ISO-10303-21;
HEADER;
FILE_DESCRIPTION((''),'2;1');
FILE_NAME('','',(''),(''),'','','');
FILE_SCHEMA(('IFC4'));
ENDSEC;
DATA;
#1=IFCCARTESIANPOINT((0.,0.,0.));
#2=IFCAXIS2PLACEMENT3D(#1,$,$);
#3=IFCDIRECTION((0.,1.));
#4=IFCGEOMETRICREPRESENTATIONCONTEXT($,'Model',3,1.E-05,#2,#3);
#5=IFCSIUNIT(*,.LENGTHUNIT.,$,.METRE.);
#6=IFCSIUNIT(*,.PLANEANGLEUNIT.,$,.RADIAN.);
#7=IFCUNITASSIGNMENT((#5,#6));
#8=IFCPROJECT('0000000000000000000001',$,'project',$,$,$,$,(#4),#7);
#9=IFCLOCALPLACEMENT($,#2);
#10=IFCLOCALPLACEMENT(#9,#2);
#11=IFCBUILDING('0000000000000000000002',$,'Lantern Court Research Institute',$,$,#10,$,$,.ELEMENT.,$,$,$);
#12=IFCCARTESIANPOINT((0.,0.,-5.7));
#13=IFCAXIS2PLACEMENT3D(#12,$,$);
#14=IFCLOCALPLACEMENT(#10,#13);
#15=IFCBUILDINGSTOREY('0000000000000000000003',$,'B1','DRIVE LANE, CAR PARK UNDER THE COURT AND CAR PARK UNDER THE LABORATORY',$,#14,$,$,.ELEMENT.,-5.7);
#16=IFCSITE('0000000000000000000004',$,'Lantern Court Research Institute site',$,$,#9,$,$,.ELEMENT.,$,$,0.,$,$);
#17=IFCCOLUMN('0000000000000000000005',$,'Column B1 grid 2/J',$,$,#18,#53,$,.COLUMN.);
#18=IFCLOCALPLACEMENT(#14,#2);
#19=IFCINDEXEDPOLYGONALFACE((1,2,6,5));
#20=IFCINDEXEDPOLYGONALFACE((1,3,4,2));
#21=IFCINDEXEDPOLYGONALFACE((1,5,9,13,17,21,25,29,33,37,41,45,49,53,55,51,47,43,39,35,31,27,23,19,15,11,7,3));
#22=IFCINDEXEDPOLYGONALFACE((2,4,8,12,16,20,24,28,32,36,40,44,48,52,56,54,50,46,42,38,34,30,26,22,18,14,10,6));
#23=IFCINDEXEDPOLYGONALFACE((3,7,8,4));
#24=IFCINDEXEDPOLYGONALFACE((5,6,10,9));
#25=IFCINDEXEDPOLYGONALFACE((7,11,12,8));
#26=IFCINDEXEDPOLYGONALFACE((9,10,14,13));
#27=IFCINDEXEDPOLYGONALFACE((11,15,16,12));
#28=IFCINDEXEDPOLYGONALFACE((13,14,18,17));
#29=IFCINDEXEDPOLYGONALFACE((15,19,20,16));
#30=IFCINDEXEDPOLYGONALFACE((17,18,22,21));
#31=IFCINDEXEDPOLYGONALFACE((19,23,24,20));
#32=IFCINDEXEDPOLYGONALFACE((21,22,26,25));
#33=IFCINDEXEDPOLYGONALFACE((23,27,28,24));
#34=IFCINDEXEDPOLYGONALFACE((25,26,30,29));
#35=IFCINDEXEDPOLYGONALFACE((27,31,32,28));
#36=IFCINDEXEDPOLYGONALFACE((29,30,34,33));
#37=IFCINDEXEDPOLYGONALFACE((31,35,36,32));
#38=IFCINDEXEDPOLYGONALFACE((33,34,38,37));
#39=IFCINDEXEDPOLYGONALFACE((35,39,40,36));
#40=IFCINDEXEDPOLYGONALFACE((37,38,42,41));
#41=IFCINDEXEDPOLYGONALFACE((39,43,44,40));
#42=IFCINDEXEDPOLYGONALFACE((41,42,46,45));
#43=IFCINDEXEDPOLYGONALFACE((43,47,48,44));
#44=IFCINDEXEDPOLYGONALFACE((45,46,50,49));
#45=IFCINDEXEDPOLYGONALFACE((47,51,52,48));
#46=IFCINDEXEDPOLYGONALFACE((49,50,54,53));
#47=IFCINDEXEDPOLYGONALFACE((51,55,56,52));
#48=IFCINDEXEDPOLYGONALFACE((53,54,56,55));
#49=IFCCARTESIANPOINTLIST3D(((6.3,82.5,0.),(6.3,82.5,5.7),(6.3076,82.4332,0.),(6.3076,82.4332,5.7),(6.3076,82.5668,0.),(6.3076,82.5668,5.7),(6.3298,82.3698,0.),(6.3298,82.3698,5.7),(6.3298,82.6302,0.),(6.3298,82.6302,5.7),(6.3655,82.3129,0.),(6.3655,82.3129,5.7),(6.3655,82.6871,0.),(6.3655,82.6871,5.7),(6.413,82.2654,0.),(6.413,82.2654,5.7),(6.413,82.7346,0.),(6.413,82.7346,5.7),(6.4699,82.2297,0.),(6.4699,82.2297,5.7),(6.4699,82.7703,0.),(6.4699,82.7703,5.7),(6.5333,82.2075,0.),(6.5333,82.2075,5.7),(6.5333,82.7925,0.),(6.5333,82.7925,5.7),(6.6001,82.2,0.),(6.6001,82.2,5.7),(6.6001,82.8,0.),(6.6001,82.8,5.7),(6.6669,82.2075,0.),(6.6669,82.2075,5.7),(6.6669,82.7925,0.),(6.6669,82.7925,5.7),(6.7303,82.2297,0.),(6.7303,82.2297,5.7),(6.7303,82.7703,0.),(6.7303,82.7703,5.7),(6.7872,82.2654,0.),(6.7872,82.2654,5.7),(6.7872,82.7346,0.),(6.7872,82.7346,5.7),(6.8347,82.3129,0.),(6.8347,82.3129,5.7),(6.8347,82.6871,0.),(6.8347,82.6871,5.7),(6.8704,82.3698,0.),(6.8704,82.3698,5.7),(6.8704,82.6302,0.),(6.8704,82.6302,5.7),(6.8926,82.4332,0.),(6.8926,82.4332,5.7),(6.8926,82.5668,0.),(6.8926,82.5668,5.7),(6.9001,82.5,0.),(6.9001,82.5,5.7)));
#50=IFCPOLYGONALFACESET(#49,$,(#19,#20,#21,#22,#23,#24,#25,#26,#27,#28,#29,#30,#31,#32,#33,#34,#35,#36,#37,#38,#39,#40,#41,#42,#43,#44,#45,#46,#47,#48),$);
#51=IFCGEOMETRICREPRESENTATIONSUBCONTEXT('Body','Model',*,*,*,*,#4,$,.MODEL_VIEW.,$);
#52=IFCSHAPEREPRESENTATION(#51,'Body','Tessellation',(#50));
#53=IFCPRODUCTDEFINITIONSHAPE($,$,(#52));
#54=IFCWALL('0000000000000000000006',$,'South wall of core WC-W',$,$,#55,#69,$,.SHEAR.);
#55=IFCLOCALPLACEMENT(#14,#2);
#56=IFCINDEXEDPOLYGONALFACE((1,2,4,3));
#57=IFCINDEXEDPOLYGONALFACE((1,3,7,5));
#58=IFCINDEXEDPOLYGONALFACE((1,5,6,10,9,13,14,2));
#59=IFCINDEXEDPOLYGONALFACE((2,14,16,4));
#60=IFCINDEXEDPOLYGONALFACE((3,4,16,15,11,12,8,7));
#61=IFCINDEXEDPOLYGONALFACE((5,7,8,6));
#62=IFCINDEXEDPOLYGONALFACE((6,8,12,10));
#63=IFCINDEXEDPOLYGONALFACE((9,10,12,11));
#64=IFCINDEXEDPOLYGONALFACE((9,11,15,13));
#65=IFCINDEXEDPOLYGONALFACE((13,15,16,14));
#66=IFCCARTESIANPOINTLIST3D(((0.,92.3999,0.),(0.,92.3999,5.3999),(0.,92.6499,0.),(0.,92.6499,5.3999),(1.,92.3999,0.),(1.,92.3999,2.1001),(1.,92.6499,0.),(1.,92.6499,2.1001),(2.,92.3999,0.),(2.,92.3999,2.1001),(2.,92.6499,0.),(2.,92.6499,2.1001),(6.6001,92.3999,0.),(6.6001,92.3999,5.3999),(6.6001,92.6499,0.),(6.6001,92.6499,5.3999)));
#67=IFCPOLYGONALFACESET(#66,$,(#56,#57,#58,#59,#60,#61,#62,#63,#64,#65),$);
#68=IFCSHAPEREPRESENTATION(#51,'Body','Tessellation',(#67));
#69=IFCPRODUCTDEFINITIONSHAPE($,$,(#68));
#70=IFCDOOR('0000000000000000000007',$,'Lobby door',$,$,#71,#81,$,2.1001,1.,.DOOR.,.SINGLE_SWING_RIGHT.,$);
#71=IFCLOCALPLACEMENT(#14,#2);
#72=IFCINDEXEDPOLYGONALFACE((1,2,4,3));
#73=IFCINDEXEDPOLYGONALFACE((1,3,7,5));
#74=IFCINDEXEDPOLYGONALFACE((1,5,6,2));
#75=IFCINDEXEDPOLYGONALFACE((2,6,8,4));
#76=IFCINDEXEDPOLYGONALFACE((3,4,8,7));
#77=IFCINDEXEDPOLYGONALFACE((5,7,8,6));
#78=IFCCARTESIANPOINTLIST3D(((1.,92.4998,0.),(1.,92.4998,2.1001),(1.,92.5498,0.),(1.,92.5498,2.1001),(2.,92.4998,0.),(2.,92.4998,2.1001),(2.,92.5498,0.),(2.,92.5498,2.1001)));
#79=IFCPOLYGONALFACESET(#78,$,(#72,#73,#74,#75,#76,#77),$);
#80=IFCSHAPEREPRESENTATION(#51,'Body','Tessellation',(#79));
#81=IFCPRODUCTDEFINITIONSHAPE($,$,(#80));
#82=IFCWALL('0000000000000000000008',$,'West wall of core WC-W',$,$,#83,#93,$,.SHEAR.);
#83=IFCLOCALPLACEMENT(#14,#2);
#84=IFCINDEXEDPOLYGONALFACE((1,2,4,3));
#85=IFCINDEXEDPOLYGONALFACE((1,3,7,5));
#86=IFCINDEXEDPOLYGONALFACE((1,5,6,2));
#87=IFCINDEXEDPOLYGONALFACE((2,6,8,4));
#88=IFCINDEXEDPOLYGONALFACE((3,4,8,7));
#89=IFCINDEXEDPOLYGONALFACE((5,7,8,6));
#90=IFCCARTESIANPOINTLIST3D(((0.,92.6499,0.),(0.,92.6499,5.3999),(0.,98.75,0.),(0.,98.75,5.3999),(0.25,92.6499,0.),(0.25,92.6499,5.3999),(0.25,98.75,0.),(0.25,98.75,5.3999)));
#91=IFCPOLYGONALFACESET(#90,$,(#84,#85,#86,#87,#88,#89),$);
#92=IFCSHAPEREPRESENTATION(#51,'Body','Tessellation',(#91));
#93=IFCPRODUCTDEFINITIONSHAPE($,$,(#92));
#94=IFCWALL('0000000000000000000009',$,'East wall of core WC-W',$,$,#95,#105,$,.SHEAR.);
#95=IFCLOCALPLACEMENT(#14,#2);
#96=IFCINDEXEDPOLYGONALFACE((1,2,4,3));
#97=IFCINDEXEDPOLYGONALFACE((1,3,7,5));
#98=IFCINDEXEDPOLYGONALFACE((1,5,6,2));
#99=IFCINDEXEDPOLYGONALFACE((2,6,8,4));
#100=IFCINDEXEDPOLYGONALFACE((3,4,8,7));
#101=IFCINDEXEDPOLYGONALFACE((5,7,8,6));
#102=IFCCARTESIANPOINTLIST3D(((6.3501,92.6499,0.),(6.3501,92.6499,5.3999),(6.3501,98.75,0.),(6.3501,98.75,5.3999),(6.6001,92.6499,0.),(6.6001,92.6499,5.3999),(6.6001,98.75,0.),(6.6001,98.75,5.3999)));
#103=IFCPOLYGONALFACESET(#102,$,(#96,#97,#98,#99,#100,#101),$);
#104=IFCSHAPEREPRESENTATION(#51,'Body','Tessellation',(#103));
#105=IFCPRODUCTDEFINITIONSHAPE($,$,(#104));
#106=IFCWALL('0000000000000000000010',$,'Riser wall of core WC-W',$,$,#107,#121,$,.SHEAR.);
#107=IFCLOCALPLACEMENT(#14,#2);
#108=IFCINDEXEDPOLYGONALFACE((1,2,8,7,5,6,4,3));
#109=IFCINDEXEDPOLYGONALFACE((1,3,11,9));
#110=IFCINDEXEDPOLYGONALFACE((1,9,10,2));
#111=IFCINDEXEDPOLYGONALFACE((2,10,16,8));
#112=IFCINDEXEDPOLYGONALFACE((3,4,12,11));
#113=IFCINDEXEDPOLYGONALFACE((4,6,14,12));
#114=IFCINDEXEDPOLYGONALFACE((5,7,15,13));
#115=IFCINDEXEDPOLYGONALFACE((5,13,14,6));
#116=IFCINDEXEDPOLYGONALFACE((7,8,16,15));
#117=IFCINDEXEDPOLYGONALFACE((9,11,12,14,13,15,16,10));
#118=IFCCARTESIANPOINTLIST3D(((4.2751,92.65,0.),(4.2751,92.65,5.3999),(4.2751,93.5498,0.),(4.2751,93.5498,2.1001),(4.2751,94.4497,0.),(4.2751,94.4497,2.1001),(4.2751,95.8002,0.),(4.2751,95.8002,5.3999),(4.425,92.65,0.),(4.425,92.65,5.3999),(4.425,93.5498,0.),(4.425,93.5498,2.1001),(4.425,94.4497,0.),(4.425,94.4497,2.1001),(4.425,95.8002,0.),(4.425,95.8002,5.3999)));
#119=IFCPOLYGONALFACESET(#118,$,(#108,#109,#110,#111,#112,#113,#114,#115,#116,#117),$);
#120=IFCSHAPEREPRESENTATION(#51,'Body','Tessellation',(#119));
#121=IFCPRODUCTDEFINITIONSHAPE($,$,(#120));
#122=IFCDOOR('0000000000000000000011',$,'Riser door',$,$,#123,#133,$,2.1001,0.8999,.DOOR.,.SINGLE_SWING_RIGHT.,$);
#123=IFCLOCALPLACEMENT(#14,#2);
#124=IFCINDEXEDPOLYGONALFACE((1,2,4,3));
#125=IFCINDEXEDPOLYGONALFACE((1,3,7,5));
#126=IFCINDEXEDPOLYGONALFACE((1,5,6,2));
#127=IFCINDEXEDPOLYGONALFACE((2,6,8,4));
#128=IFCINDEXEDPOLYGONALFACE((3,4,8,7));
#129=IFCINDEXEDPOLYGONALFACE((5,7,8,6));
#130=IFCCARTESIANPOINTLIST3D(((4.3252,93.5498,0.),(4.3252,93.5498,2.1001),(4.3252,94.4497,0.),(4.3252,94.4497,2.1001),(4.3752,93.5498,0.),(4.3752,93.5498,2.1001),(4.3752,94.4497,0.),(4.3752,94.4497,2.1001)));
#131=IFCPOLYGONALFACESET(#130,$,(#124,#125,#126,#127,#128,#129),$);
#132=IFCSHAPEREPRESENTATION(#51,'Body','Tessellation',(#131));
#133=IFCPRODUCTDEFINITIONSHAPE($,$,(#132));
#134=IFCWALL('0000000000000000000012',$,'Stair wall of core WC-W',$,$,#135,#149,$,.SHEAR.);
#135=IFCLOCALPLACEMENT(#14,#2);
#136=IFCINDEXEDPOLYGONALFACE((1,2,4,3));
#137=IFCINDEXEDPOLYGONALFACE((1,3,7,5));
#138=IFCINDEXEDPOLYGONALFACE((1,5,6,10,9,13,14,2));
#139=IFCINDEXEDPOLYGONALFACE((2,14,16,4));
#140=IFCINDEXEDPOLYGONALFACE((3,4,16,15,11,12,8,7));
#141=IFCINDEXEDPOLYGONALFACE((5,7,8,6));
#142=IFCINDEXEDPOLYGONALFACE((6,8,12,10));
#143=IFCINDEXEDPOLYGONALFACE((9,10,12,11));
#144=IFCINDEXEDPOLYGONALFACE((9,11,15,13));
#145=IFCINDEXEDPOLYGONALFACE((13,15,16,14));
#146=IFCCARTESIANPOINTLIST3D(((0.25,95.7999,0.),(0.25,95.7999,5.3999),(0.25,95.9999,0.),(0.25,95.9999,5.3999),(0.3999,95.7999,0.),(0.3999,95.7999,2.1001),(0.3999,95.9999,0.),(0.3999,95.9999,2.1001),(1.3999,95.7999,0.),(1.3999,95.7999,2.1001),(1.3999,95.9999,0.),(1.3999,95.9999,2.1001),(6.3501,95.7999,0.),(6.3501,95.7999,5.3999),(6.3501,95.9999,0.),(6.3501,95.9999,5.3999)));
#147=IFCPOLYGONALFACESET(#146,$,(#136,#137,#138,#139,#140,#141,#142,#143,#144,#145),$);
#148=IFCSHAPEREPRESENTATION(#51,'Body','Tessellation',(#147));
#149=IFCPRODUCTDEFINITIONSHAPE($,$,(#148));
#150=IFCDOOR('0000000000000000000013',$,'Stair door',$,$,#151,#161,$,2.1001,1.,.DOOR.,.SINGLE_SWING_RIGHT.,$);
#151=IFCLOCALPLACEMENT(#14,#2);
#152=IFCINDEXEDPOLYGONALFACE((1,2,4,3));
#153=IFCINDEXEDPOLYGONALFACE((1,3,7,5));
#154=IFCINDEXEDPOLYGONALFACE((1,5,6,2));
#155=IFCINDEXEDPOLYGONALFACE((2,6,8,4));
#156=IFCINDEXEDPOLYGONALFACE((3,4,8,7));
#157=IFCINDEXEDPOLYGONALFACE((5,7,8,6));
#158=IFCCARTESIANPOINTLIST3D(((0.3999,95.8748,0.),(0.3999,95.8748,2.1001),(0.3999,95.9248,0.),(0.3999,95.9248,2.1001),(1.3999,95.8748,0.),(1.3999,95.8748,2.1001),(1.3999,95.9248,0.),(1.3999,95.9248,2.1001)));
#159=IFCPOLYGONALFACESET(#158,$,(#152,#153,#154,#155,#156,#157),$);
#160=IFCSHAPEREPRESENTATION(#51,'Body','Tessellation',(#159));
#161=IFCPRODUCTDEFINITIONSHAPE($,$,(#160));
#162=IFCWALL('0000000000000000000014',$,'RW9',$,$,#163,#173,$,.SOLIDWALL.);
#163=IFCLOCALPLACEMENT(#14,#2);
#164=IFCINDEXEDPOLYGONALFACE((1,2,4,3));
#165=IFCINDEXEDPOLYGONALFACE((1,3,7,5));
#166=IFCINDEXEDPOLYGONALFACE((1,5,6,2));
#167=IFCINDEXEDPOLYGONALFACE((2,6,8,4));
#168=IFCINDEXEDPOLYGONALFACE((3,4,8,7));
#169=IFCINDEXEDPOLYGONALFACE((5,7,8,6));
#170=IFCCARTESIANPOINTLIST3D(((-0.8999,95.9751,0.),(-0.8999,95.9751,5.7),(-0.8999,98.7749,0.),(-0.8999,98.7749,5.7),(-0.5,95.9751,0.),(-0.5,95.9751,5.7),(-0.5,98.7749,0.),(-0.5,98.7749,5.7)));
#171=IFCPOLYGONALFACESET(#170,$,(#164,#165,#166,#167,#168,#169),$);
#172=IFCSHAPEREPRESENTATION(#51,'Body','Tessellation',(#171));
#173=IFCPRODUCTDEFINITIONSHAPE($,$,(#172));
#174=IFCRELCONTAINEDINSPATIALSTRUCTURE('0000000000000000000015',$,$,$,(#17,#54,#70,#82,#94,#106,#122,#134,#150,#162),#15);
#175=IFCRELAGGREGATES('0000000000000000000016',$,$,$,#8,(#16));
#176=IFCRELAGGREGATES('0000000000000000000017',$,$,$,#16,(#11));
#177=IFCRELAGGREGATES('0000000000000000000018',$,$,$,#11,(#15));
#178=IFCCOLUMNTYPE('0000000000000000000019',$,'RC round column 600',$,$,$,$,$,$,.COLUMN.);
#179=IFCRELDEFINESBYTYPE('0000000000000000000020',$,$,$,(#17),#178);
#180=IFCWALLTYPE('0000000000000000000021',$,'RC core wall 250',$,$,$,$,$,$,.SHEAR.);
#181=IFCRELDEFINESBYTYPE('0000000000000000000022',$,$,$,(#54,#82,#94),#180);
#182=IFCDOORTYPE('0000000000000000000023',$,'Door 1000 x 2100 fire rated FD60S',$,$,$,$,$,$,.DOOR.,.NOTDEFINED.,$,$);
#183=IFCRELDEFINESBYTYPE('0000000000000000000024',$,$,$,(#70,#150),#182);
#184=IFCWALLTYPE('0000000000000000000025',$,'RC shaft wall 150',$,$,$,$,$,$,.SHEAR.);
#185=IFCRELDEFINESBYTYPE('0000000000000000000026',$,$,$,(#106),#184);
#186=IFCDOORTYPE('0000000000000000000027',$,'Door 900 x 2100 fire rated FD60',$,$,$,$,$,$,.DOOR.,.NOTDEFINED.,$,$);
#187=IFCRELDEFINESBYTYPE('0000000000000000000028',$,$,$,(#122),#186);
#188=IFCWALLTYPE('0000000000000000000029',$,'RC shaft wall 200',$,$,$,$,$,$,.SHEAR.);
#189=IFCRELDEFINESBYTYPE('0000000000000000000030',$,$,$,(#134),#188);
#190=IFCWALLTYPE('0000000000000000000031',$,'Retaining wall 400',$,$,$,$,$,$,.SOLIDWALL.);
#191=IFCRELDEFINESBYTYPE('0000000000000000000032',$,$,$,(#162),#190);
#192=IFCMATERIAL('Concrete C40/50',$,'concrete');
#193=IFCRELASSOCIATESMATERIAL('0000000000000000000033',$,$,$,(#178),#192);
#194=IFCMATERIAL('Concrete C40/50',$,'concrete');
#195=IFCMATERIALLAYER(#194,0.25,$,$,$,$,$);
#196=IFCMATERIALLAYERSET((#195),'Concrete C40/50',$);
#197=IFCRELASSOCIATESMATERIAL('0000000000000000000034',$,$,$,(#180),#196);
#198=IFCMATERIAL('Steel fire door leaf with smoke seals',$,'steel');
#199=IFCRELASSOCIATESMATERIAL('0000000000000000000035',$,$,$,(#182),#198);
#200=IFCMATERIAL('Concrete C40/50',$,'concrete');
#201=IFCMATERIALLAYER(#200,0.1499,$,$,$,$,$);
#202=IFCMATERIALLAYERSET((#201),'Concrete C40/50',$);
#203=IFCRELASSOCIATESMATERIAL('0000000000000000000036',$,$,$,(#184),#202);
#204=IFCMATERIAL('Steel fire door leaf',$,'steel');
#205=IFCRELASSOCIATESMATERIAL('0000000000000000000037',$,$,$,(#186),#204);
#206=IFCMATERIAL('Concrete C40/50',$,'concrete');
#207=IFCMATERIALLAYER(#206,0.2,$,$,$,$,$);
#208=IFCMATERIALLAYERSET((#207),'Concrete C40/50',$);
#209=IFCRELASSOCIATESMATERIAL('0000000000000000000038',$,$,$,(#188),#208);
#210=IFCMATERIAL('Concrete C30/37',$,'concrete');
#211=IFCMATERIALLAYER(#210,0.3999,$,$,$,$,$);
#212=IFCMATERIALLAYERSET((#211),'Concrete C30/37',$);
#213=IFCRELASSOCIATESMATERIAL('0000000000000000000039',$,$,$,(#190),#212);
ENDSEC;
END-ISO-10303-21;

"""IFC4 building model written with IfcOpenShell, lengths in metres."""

from ifc_helpers import new_model, si_unit, direction, frame, frame_2d, origin, origin_2d, place, context, subcontext, project, spatial, rectangle, circle, extrude, material, layer, layer_set, material_profile, profile_set, type_object, element, fill, save


model = new_model("IFC4")

# Units and contexts
model_context = context("Model", 3, precision=1e-05, world=origin(), true_north=direction((0.0, 1.0)))
body_context = subcontext(model_context, "Body", "Model", "MODEL_VIEW")
ifc_project = project(units=[si_unit("LENGTHUNIT", "METRE"), si_unit("PLANEANGLEUNIT", "RADIAN")], contexts=[model_context])

# Site, building, storey
site_placement = place(None, origin())
site = spatial("IfcSite", under=ifc_project, at=site_placement, Name="Lantern Court Research Institute site", CompositionType="ELEMENT", RefElevation=0.0)
building_placement = place(site_placement, origin())
building = spatial("IfcBuilding", under=site, at=building_placement, Name="Lantern Court Research Institute", CompositionType="ELEMENT")
storey_placement = place(building_placement, frame((0.0, 0.0, -5.7)))
storey = spatial("IfcBuildingStorey", under=building, at=storey_placement, Name="B1", Description="DRIVE LANE, CAR PARK UNDER THE COURT AND CAR PARK UNDER THE LABORATORY", CompositionType="ELEMENT", Elevation=-5.7)

# Column
ifc_material_1 = material(Name="Concrete C40/50", Category="concrete")
ifc_material_profile_1 = material_profile(ifc_material_1, circle(Radius=0.3, at=origin_2d()), Name="RC round column 600")
ifc_profile_set_1 = profile_set([ifc_material_profile_1], Name="Concrete C40/50")
column_type = type_object("IfcColumnType", Name="RC round column 600", PredefinedType="COLUMN", material=ifc_profile_set_1)
for number, where, z_axis, x_axis, name in (
    (1, (6.6001, 82.5, 0.0), (0.0, 0.0, 1.0), (1.0, 0.0, 0.0), "Column B1 grid 2/J"),
):
    element("IfcColumn", number, at=place(storey_placement, frame(where, z_axis=z_axis, x_axis=x_axis)), inside=storey, type_object=column_type, Name=name, PredefinedType="COLUMN", context=body_context, shape_type="SweptSolid", body=[
        extrude(circle(Radius=0.3, at=origin_2d()), origin(), (0.0, 0.0, 1.0), 5.7),
    ])

# Wall, opening, door
ifc_material_2 = material(Name="Concrete C40/50", Category="concrete")
ifc_layer_1 = layer(ifc_material_2, 0.25)
ifc_layer_set_1 = layer_set([ifc_layer_1], Name="Concrete C40/50")
wall_type_1 = type_object("IfcWallType", Name="RC core wall 250", PredefinedType="SHEAR", material=ifc_layer_set_1)
wall_1_placement = place(storey_placement, frame((0.0, 92.5249, 0.0), z_axis=(0.0, 0.0, 1.0), x_axis=(1.0, 0.0, 0.0)))
wall_1 = element("IfcWall", 2, at=wall_1_placement, inside=storey, type_object=wall_type_1, Name="South wall of core WC-W", PredefinedType="SHEAR", context=body_context, shape_type="SweptSolid", body=[
    extrude(rectangle(XDim=6.6001, YDim=0.25, at=frame_2d((3.3, 0.0))), origin(), (0.0, 0.0, 1.0), 5.3999),
])
opening_1_placement = place(wall_1_placement, frame((1.0, 0.0, 0.0)))
opening_1 = element("IfcOpeningElement", 3, at=opening_1_placement, cuts=wall_1, PredefinedType="OPENING", context=body_context, shape_type="SweptSolid", body=[
    extrude(rectangle(XDim=1.0, YDim=2.1001, at=frame_2d((0.5, 1.05))), frame((0.0, 0.135, 0.0), z_axis=(0.0, -1.0, 0.0), x_axis=(1.0, 0.0, 0.0)), (0.0, 0.0, 1.0), 0.27),
])
ifc_material_3 = material(Name="Steel fire door leaf with smoke seals", Category="steel")
door_type_1 = type_object("IfcDoorType", Name="Door 1000 x 2100 fire rated FD60S", OperationType="NOTDEFINED", PredefinedType="DOOR", material=ifc_material_3)
door_1_placement = place(opening_1_placement, origin())
door_1 = element("IfcDoor", 4, at=door_1_placement, inside=storey, type_object=door_type_1, Name="Lobby door", OperationType="SINGLE_SWING_RIGHT", OverallHeight=2.1001, OverallWidth=1.0, PredefinedType="DOOR", context=body_context, shape_type="SweptSolid", body=[
    extrude(rectangle(XDim=1.0, YDim=2.1001, at=frame_2d((0.5, 1.05))), frame((0.0, 0.0249, 0.0), z_axis=(0.0, -1.0, 0.0), x_axis=(1.0, 0.0, 0.0)), (0.0, 0.0, 1.0), 0.05),
])
fill(opening_1, door_1)

# Walls
for number, where, z_axis, x_axis, name in (
    (5, (0.125, 92.6499, 0.0), (0.0, 0.0, 1.0), (0.0, 1.0, 0.0), "West wall of core WC-W"),
    (6, (6.4751, 92.6499, 0.0), (0.0, 0.0, 1.0), (0.0, 1.0, 0.0), "East wall of core WC-W"),
):
    element("IfcWall", number, at=place(storey_placement, frame(where, z_axis=z_axis, x_axis=x_axis)), inside=storey, type_object=wall_type_1, Name=name, PredefinedType="SHEAR", context=body_context, shape_type="SweptSolid", body=[
        extrude(rectangle(XDim=6.1001, YDim=0.25, at=frame_2d((3.05, 0.0))), origin(), (0.0, 0.0, 1.0), 5.3999),
    ])

# Walls, openings, doors
ifc_material_4 = material(Name="Concrete C40/50", Category="concrete")
ifc_layer_2 = layer(ifc_material_4, 0.1499)
ifc_layer_set_2 = layer_set([ifc_layer_2], Name="Concrete C40/50")
wall_type_2 = type_object("IfcWallType", Name="RC shaft wall 150", PredefinedType="SHEAR", material=ifc_layer_set_2)
wall_2_placement = place(storey_placement, frame((4.3501, 92.6499, 0.0), z_axis=(0.0, 0.0, 1.0), x_axis=(0.0, 1.0, 0.0)))
wall_2 = element("IfcWall", 7, at=wall_2_placement, inside=storey, type_object=wall_type_2, Name="Riser wall of core WC-W", PredefinedType="SHEAR", context=body_context, shape_type="SweptSolid", body=[
    extrude(rectangle(XDim=3.1501, YDim=0.1499, at=frame_2d((1.5752, 0.0))), origin(), (0.0, 0.0, 1.0), 5.3999),
])
opening_2_placement = place(wall_2_placement, frame((0.8999, 0.0, 0.0)))
opening_2 = element("IfcOpeningElement", 8, at=opening_2_placement, cuts=wall_2, PredefinedType="OPENING", context=body_context, shape_type="SweptSolid", body=[
    extrude(rectangle(XDim=0.8999, YDim=2.1001, at=frame_2d((0.45, 1.05))), frame((0.0, 0.085, 0.0), z_axis=(0.0, -1.0, 0.0), x_axis=(1.0, 0.0, 0.0)), (0.0, 0.0, 1.0), 0.1699),
])
ifc_material_5 = material(Name="Steel fire door leaf", Category="steel")
door_type_2 = type_object("IfcDoorType", Name="Door 900 x 2100 fire rated FD60", OperationType="NOTDEFINED", PredefinedType="DOOR", material=ifc_material_5)
door_2_placement = place(opening_2_placement, origin())
door_2 = element("IfcDoor", 9, at=door_2_placement, inside=storey, type_object=door_type_2, Name="Riser door", OperationType="SINGLE_SWING_RIGHT", OverallHeight=2.1001, OverallWidth=0.8999, PredefinedType="DOOR", context=body_context, shape_type="SweptSolid", body=[
    extrude(rectangle(XDim=0.8999, YDim=2.1001, at=frame_2d((0.45, 1.05))), frame((0.0, 0.0249, 0.0), z_axis=(0.0, -1.0, 0.0), x_axis=(1.0, 0.0, 0.0)), (0.0, 0.0, 1.0), 0.05),
])
fill(opening_2, door_2)
ifc_material_6 = material(Name="Concrete C40/50", Category="concrete")
ifc_layer_3 = layer(ifc_material_6, 0.2)
ifc_layer_set_3 = layer_set([ifc_layer_3], Name="Concrete C40/50")
wall_type_3 = type_object("IfcWallType", Name="RC shaft wall 200", PredefinedType="SHEAR", material=ifc_layer_set_3)
wall_3_placement = place(storey_placement, frame((0.25, 95.8999, 0.0), z_axis=(0.0, 0.0, 1.0), x_axis=(1.0, 0.0, 0.0)))
wall_3 = element("IfcWall", 10, at=wall_3_placement, inside=storey, type_object=wall_type_3, Name="Stair wall of core WC-W", PredefinedType="SHEAR", context=body_context, shape_type="SweptSolid", body=[
    extrude(rectangle(XDim=6.1001, YDim=0.2, at=frame_2d((3.05, 0.0))), origin(), (0.0, 0.0, 1.0), 5.3999),
])
opening_3_placement = place(wall_3_placement, frame((0.1499, 0.0, 0.0)))
opening_3 = element("IfcOpeningElement", 11, at=opening_3_placement, cuts=wall_3, PredefinedType="OPENING", context=body_context, shape_type="SweptSolid", body=[
    extrude(rectangle(XDim=1.0, YDim=2.1001, at=frame_2d((0.5, 1.05))), frame((0.0, 0.1099, 0.0), z_axis=(0.0, -1.0, 0.0), x_axis=(1.0, 0.0, 0.0)), (0.0, 0.0, 1.0), 0.22),
])
door_3_placement = place(opening_3_placement, origin())
door_3 = element("IfcDoor", 12, at=door_3_placement, inside=storey, type_object=door_type_1, Name="Stair door", OperationType="SINGLE_SWING_RIGHT", OverallHeight=2.1001, OverallWidth=1.0, PredefinedType="DOOR", context=body_context, shape_type="SweptSolid", body=[
    extrude(rectangle(XDim=1.0, YDim=2.1001, at=frame_2d((0.5, 1.05))), frame((0.0, 0.0249, 0.0), z_axis=(0.0, -1.0, 0.0), x_axis=(1.0, 0.0, 0.0)), (0.0, 0.0, 1.0), 0.05),
])
fill(opening_3, door_3)

# Wall
ifc_material_7 = material(Name="Concrete C30/37", Category="concrete")
ifc_layer_4 = layer(ifc_material_7, 0.3999)
ifc_layer_set_4 = layer_set([ifc_layer_4], Name="Concrete C30/37")
wall_type_4 = type_object("IfcWallType", Name="Retaining wall 400", PredefinedType="SOLIDWALL", material=ifc_layer_set_4)
wall_4_placement = place(storey_placement, frame((-0.7, 95.9751, 0.0), z_axis=(0.0, 0.0, 1.0), x_axis=(0.0, 1.0, 0.0)))
element("IfcWall", 13, at=wall_4_placement, inside=storey, type_object=wall_type_4, Name="RW9", PredefinedType="SOLIDWALL", context=body_context, shape_type="SweptSolid", body=[
    extrude(rectangle(XDim=2.7998, YDim=0.3999, at=frame_2d((1.3999, 0.0))), origin(), (0.0, 0.0, 1.0), 5.7),
])

save(model, "model.ifc")
